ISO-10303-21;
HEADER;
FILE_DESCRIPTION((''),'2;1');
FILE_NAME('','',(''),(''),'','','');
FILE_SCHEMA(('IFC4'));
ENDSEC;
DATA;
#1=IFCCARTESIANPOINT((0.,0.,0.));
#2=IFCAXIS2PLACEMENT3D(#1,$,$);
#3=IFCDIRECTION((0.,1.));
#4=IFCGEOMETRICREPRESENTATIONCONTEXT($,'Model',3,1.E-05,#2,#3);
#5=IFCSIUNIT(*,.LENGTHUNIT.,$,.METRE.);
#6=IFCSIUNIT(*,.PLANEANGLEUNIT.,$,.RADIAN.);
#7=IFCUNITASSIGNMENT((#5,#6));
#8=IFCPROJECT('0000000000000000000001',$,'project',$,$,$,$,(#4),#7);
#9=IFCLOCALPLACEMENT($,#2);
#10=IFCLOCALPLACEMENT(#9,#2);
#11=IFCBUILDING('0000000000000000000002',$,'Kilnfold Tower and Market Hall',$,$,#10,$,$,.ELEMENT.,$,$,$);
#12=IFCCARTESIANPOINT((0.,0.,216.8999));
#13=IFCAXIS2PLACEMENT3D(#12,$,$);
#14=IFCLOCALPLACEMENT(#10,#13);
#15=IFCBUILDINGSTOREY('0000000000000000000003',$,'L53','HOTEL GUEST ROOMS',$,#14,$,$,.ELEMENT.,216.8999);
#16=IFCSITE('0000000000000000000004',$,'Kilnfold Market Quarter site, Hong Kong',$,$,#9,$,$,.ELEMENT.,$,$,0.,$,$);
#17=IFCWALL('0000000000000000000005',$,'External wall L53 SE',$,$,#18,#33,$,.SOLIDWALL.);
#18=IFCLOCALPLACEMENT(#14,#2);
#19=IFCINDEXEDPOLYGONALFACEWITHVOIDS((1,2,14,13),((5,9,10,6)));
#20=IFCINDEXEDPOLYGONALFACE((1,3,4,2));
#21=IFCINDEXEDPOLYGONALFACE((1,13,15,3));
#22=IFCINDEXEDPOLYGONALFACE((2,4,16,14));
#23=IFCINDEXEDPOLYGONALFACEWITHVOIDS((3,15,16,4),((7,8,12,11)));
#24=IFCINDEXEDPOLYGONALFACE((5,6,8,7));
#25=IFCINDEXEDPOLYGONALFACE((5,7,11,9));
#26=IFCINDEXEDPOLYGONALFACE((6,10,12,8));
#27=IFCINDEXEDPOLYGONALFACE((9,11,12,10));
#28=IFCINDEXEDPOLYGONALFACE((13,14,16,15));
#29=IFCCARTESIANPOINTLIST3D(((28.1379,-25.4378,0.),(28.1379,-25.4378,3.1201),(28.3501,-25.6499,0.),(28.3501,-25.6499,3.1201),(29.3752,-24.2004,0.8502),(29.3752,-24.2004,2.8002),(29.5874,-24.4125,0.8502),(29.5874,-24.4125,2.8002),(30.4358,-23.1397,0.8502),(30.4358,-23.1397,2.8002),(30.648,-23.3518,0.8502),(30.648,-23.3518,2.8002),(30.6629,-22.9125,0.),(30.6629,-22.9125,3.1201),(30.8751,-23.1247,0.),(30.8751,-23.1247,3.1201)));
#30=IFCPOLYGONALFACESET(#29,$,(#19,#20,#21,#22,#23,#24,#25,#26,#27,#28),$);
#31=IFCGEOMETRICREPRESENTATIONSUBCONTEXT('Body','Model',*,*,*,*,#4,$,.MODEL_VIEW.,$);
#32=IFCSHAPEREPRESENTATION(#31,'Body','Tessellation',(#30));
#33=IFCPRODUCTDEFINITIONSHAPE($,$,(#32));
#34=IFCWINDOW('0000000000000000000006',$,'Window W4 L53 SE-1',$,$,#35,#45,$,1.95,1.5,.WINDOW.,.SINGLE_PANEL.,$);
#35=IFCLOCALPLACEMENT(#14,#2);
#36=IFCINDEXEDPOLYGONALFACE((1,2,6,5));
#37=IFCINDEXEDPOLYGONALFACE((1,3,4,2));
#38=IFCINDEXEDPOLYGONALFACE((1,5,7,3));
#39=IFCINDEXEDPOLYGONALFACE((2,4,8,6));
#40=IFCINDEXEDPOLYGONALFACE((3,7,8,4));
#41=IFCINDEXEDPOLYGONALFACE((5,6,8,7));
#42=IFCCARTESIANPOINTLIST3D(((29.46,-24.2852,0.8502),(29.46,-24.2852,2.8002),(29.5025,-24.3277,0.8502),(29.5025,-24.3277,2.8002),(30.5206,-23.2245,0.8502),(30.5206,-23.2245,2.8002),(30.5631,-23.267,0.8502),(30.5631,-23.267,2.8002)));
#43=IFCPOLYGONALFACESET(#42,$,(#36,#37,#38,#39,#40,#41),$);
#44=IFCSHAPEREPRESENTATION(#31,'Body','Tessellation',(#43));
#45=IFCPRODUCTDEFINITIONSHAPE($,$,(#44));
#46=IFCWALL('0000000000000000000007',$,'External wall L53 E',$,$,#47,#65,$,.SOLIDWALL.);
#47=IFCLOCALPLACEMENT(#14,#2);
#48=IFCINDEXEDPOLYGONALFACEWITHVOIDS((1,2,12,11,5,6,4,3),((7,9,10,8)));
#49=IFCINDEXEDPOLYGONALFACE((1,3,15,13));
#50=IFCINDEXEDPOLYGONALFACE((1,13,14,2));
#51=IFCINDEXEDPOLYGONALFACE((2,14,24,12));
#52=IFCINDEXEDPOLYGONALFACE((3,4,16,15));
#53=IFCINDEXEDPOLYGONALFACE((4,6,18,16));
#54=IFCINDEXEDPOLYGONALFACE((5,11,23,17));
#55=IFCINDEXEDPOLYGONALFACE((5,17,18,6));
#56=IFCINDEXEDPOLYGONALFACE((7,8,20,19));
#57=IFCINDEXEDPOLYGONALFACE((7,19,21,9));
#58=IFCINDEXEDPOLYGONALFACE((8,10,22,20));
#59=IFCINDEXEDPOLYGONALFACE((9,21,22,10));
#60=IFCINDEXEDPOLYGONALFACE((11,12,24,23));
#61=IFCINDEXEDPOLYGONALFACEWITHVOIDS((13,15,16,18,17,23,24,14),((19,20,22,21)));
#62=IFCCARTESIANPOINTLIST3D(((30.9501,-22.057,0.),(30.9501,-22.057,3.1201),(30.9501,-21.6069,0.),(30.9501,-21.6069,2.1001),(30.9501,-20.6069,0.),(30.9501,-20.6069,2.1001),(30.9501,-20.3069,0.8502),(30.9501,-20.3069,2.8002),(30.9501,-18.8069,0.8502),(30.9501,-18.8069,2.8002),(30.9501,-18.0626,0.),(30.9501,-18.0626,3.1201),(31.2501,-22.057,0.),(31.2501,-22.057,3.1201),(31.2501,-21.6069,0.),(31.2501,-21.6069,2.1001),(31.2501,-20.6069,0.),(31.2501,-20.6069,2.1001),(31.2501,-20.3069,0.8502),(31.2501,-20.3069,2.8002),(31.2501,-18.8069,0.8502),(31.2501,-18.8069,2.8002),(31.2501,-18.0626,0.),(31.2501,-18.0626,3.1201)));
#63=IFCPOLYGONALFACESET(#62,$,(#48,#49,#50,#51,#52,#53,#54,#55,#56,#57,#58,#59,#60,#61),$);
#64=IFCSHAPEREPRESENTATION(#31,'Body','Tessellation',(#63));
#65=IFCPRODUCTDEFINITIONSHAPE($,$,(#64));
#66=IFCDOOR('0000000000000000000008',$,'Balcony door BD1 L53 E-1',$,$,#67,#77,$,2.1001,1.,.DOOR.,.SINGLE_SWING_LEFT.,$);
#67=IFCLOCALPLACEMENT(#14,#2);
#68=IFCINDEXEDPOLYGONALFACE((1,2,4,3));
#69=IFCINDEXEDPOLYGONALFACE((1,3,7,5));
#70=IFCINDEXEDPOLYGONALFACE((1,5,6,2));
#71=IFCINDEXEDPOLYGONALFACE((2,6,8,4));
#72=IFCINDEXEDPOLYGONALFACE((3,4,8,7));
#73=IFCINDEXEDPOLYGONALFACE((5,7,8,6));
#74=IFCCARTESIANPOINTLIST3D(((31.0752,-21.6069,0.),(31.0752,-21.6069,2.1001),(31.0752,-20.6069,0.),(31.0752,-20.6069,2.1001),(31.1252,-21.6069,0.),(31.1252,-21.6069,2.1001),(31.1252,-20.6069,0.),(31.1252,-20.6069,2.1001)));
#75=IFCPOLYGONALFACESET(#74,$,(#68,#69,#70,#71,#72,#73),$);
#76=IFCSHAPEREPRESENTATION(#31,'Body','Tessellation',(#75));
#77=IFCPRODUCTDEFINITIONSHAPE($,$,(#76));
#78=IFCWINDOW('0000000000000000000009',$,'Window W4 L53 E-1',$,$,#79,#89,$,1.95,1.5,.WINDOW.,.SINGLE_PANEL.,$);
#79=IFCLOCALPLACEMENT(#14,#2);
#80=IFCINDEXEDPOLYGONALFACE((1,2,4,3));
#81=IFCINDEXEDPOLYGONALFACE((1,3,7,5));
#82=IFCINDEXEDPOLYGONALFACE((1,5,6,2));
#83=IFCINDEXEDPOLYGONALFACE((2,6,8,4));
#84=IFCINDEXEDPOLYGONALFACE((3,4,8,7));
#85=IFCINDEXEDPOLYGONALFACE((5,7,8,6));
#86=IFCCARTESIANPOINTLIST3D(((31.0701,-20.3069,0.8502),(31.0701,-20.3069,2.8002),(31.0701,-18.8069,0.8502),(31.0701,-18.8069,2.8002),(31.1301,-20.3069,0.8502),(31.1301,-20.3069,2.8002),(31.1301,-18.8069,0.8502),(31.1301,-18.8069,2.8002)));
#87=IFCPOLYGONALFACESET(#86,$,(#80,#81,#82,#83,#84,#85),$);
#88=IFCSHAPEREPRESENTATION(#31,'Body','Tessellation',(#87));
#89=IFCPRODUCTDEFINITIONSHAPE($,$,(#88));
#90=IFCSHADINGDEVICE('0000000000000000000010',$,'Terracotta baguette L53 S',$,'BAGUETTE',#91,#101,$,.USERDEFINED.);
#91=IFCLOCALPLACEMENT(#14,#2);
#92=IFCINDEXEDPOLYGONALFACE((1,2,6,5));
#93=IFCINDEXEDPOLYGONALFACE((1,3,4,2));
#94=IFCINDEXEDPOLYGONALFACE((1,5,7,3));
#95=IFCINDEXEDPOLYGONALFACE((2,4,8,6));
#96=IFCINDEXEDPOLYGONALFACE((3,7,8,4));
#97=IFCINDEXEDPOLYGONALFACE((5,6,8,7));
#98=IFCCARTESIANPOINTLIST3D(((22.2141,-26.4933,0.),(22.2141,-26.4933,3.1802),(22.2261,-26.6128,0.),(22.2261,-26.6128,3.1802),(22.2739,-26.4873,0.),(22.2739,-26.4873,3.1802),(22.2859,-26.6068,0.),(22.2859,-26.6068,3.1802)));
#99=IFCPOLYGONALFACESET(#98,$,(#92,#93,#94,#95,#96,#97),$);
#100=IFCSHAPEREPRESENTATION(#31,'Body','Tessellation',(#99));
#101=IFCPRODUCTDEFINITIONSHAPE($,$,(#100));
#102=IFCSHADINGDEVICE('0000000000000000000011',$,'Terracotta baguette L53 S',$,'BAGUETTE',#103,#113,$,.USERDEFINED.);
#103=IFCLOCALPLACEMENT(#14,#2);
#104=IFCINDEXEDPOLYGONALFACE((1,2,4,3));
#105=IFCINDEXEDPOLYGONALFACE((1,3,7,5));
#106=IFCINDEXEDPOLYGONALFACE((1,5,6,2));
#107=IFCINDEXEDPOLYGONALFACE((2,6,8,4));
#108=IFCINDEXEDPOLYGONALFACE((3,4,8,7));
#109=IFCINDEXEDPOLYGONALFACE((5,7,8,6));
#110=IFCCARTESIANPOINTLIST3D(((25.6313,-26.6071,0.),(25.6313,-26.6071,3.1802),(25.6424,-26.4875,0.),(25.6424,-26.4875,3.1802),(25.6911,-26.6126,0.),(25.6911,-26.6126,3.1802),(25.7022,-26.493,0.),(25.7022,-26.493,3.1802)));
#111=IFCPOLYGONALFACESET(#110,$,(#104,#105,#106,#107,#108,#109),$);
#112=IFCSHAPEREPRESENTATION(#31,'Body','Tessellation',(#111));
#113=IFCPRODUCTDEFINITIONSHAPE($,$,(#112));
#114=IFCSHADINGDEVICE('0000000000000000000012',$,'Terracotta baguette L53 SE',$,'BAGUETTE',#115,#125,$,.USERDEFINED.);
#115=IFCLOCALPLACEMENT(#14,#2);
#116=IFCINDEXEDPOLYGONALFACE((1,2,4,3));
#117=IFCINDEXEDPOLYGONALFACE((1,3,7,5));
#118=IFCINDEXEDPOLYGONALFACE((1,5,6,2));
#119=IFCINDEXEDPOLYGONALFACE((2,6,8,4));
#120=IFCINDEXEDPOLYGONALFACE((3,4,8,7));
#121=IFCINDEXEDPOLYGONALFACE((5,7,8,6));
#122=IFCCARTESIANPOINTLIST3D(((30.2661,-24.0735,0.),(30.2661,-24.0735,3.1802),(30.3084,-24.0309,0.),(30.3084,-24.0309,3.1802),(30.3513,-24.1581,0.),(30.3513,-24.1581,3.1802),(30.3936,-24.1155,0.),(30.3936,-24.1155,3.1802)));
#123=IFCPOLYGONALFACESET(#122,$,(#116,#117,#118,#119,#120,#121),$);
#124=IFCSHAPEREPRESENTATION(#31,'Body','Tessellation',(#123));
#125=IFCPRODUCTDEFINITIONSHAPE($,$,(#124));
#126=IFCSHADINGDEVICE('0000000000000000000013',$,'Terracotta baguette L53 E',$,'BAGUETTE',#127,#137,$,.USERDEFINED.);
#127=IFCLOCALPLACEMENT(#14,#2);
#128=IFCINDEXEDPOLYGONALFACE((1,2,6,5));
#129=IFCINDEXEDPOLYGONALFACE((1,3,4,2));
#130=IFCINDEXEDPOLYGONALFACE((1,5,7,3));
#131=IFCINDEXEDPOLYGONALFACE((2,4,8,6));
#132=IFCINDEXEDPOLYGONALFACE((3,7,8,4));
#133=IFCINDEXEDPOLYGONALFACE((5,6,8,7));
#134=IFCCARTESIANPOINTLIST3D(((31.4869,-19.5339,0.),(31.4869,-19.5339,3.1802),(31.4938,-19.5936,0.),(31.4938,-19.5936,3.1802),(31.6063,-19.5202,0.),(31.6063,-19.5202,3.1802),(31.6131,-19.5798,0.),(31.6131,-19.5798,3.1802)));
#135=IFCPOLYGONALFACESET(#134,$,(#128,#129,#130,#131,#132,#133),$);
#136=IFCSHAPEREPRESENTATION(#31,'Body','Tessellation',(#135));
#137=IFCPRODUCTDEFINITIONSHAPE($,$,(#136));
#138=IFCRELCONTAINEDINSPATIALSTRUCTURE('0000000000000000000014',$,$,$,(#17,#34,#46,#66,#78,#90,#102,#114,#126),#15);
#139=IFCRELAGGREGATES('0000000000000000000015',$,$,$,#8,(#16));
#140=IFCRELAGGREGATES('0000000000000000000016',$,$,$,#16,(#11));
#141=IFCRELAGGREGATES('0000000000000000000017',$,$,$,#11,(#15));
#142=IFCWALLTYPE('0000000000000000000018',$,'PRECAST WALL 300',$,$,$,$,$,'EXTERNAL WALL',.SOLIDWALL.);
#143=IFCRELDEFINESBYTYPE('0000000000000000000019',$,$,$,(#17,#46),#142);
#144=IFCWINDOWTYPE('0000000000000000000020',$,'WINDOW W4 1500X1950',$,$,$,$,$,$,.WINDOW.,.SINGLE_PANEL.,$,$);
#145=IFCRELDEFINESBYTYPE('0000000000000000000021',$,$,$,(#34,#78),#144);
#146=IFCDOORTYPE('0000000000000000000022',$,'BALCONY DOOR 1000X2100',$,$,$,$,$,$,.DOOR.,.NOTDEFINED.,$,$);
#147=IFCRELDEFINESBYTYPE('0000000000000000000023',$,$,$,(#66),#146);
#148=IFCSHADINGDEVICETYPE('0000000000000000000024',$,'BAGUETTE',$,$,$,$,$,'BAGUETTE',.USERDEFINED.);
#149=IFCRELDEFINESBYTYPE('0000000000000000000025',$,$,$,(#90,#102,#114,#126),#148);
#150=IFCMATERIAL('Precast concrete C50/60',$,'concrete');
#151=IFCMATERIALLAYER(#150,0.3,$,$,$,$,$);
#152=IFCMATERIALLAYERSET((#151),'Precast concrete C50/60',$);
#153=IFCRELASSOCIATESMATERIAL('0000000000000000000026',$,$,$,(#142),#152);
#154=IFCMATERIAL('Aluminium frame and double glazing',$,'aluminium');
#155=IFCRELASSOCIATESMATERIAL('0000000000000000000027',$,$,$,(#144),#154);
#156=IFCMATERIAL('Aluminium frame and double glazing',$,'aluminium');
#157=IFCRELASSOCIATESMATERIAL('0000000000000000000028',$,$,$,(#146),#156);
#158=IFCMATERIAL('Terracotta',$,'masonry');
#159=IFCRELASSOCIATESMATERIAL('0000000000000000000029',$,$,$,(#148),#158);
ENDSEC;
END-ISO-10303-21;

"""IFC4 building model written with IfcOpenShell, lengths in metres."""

from ifc_helpers import new_model, si_unit, direction, frame, frame_2d, origin, origin_2d, place, context, subcontext, project, spatial, rectangle, extrude, source, transform, mapped, material, layer, layer_set, material_profile, profile_set, type_object, element, fill, save


model = new_model("IFC4")

# Units and contexts
model_context = context("Model", 3, precision=1e-05, world=origin(), true_north=direction((0.0, 1.0)))
body_context = subcontext(model_context, "Body", "Model", "MODEL_VIEW")
ifc_project = project(units=[si_unit("LENGTHUNIT", "METRE"), si_unit("PLANEANGLEUNIT", "RADIAN")], contexts=[model_context])

# Site, building, storey
site_placement = place(None, origin())
site = spatial("IfcSite", under=ifc_project, at=site_placement, Name="Kilnfold Market Quarter site, Hong Kong", CompositionType="ELEMENT", RefElevation=0.0)
building_placement = place(site_placement, origin())
building = spatial("IfcBuilding", under=site, at=building_placement, Name="Kilnfold Tower and Market Hall", CompositionType="ELEMENT")
storey_placement = place(building_placement, frame((0.0, 0.0, 216.8999)))
storey = spatial("IfcBuildingStorey", under=building, at=storey_placement, Name="L53", Description="HOTEL GUEST ROOMS", CompositionType="ELEMENT", Elevation=216.8999)

# Shared definitions
ifc_material_1 = material(Name="Precast concrete C50/60", Category="concrete")
ifc_layer_1 = layer(ifc_material_1, 0.3)
ifc_layer_set_1 = layer_set([ifc_layer_1], Name="Precast concrete C50/60")
wall_type_1 = type_object("IfcWallType", Name="PRECAST WALL 300", ElementType="EXTERNAL WALL", PredefinedType="SOLIDWALL", material=ifc_layer_set_1)
ifc_material_2 = material(Name="Aluminium frame and double glazing", Category="aluminium")
window_type = type_object("IfcWindowType", Name="WINDOW W4 1500X1950", PartitioningType="SINGLE_PANEL", PredefinedType="WINDOW", material=ifc_material_2)

# Wall, opening, window
shared_shape_1 = source(origin(), body_context, "Body", "SweptSolid", [
    extrude(rectangle(XDim=3.571, YDim=0.3, at=frame_2d((1.7856, 0.0))), origin(), (0.0, 0.0, 1.0), 3.1201),
])
wall_1_placement = place(storey_placement, frame((28.2439, -25.5439, 0.0), z_axis=(0.0, 0.0, 1.0), x_axis=(0.707073, 0.707141, 0.0)))
wall_1 = element("IfcWall", 1, at=wall_1_placement, inside=storey, type_object=wall_type_1, Name="External wall L53 SE", PredefinedType="SOLIDWALL", context=body_context, shape_type="MappedRepresentation", body=[
    mapped(shared_shape_1, transform((0.0, 0.0, 0.0))),
])
opening_1_placement = place(wall_1_placement, frame((1.75, 0.0, 0.8501)))
opening_1 = element("IfcOpeningElement", 2, at=opening_1_placement, cuts=wall_1, PredefinedType="OPENING", context=body_context, shape_type="SweptSolid", body=[
    extrude(rectangle(XDim=1.5, YDim=1.95, at=frame_2d((0.75, 0.9751))), frame((0.0, 0.1602, 0.0), z_axis=(0.0, -1.0, 0.0), x_axis=(1.0, 0.0, 0.0)), (0.0, 0.0, 1.0), 0.3201),
])
window_1_placement = place(opening_1_placement, origin())
window_1 = element("IfcWindow", 3, at=window_1_placement, inside=storey, type_object=window_type, Name="Window W4 L53 SE-1", OverallHeight=1.95, OverallWidth=1.5, PartitioningType="SINGLE_PANEL", PredefinedType="WINDOW", context=body_context, shape_type="SweptSolid", body=[
    extrude(rectangle(XDim=1.5, YDim=1.95, at=frame_2d((0.75, 0.9751))), frame((0.0, 0.03, 0.0), z_axis=(0.0, -1.0, 0.0), x_axis=(1.0, 0.0, 0.0)), (0.0, 0.0, 1.0), 0.0601),
])
fill(opening_1, window_1)

# Wall, openings, door, window
shared_shape_2 = source(origin(), body_context, "Body", "SweptSolid", [
    extrude(rectangle(XDim=3.9944, YDim=0.3, at=frame_2d((1.9971, 0.0))), origin(), (0.0, 0.0, 1.0), 3.1201),
])
wall_2_placement = place(storey_placement, frame((31.1001, -22.0569, 0.0), z_axis=(0.0, 0.0, 1.0), x_axis=(0.0, 1.0, 0.0)))
wall_2 = element("IfcWall", 4, at=wall_2_placement, inside=storey, type_object=wall_type_1, Name="External wall L53 E", PredefinedType="SOLIDWALL", context=body_context, shape_type="MappedRepresentation", body=[
    mapped(shared_shape_2, transform((0.0, 0.0, 0.0))),
])
opening_2_placement = place(wall_2_placement, frame((1.75, 0.0, 0.8501)))
opening_2 = element("IfcOpeningElement", 5, at=opening_2_placement, cuts=wall_2, PredefinedType="OPENING", context=body_context, shape_type="SweptSolid", body=[
    extrude(rectangle(XDim=1.5, YDim=1.95, at=frame_2d((0.75, 0.9751))), frame((0.0, 0.1602, 0.0), z_axis=(0.0, -1.0, 0.0), x_axis=(1.0, 0.0, 0.0)), (0.0, 0.0, 1.0), 0.3201),
])
opening_3_placement = place(wall_2_placement, frame((0.45, 0.0, 0.0)))
opening_3 = element("IfcOpeningElement", 6, at=opening_3_placement, cuts=wall_2, PredefinedType="OPENING", context=body_context, shape_type="SweptSolid", body=[
    extrude(rectangle(XDim=1.0, YDim=2.1001, at=frame_2d((0.5, 1.05))), frame((0.0, 0.1602, 0.0), z_axis=(0.0, -1.0, 0.0), x_axis=(1.0, 0.0, 0.0)), (0.0, 0.0, 1.0), 0.3201),
])
ifc_material_3 = material(Name="Aluminium frame and double glazing", Category="aluminium")
door_type_1 = type_object("IfcDoorType", Name="BALCONY DOOR 1000X2100", OperationType="NOTDEFINED", PredefinedType="DOOR", material=ifc_material_3)
door_1_placement = place(opening_3_placement, origin())
door_1 = element("IfcDoor", 7, at=door_1_placement, inside=storey, type_object=door_type_1, Name="Balcony door BD1 L53 E-1", OperationType="SINGLE_SWING_LEFT", OverallHeight=2.1001, OverallWidth=1.0, PredefinedType="DOOR", context=body_context, shape_type="SweptSolid", body=[
    extrude(rectangle(XDim=1.0, YDim=2.1001, at=frame_2d((0.5, 1.05))), frame((0.0, 0.0249, 0.0), z_axis=(0.0, -1.0, 0.0), x_axis=(1.0, 0.0, 0.0)), (0.0, 0.0, 1.0), 0.05),
])
fill(opening_3, door_1)
window_2_placement = place(opening_2_placement, origin())
window_2 = element("IfcWindow", 8, at=window_2_placement, inside=storey, type_object=window_type, Name="Window W4 L53 E-1", OverallHeight=1.95, OverallWidth=1.5, PartitioningType="SINGLE_PANEL", PredefinedType="WINDOW", context=body_context, shape_type="SweptSolid", body=[
    extrude(rectangle(XDim=1.5, YDim=1.95, at=frame_2d((0.75, 0.9751))), frame((0.0, 0.03, 0.0), z_axis=(0.0, -1.0, 0.0), x_axis=(1.0, 0.0, 0.0)), (0.0, 0.0, 1.0), 0.0601),
])
fill(opening_2, window_2)

# Shading devices
ifc_material_4 = material(Name="Terracotta", Category="masonry")
ifc_material_profile_1 = material_profile(ifc_material_4, rectangle(XDim=0.0601, YDim=0.1201, at=origin_2d()), Name="BAG 60x120")
ifc_profile_set_1 = profile_set([ifc_material_profile_1], Name="Terracotta")
shading_device_type = type_object("IfcShadingDeviceType", Name="BAGUETTE", ElementType="BAGUETTE", PredefinedType="USERDEFINED", material=ifc_profile_set_1)
shared_shape_3 = source(origin(), body_context, "Body", "SweptSolid", [
    extrude(rectangle(XDim=0.0601, YDim=0.1201, at=origin_2d()), origin(), (0.0, 0.0, 1.0), 3.1802),
])
for number, where, z_axis, x_axis, name in (
    (9, (22.25, -26.55, 0.0), (0.0, 0.0, 1.0), (0.994955, 0.100318, 0.0), "Terracotta baguette L53 S"),
    (10, (25.6667, -26.55, 0.0), (0.0, 0.0, 1.0), (0.995668, -0.092982, 0.0), "Terracotta baguette L53 S"),
    (11, (30.3298, -24.0945, 0.0), (0.0, 0.0, 1.0), (0.70451, 0.709694, 0.0), "Terracotta baguette L53 SE"),
    (12, (31.55, -19.5569, 0.0), (0.0, 0.0, 1.0), (-0.114417, 0.993433, 0.0), "Terracotta baguette L53 E"),
):
    element("IfcShadingDevice", number, at=place(storey_placement, frame(where, z_axis=z_axis, x_axis=x_axis)), inside=storey, type_object=shading_device_type, Name=name, ObjectType="BAGUETTE", PredefinedType="USERDEFINED", context=body_context, shape_type="MappedRepresentation", body=[
        mapped(shared_shape_3, transform((0.0, 0.0, 0.0))),
    ])

save(model, "model.ifc")
